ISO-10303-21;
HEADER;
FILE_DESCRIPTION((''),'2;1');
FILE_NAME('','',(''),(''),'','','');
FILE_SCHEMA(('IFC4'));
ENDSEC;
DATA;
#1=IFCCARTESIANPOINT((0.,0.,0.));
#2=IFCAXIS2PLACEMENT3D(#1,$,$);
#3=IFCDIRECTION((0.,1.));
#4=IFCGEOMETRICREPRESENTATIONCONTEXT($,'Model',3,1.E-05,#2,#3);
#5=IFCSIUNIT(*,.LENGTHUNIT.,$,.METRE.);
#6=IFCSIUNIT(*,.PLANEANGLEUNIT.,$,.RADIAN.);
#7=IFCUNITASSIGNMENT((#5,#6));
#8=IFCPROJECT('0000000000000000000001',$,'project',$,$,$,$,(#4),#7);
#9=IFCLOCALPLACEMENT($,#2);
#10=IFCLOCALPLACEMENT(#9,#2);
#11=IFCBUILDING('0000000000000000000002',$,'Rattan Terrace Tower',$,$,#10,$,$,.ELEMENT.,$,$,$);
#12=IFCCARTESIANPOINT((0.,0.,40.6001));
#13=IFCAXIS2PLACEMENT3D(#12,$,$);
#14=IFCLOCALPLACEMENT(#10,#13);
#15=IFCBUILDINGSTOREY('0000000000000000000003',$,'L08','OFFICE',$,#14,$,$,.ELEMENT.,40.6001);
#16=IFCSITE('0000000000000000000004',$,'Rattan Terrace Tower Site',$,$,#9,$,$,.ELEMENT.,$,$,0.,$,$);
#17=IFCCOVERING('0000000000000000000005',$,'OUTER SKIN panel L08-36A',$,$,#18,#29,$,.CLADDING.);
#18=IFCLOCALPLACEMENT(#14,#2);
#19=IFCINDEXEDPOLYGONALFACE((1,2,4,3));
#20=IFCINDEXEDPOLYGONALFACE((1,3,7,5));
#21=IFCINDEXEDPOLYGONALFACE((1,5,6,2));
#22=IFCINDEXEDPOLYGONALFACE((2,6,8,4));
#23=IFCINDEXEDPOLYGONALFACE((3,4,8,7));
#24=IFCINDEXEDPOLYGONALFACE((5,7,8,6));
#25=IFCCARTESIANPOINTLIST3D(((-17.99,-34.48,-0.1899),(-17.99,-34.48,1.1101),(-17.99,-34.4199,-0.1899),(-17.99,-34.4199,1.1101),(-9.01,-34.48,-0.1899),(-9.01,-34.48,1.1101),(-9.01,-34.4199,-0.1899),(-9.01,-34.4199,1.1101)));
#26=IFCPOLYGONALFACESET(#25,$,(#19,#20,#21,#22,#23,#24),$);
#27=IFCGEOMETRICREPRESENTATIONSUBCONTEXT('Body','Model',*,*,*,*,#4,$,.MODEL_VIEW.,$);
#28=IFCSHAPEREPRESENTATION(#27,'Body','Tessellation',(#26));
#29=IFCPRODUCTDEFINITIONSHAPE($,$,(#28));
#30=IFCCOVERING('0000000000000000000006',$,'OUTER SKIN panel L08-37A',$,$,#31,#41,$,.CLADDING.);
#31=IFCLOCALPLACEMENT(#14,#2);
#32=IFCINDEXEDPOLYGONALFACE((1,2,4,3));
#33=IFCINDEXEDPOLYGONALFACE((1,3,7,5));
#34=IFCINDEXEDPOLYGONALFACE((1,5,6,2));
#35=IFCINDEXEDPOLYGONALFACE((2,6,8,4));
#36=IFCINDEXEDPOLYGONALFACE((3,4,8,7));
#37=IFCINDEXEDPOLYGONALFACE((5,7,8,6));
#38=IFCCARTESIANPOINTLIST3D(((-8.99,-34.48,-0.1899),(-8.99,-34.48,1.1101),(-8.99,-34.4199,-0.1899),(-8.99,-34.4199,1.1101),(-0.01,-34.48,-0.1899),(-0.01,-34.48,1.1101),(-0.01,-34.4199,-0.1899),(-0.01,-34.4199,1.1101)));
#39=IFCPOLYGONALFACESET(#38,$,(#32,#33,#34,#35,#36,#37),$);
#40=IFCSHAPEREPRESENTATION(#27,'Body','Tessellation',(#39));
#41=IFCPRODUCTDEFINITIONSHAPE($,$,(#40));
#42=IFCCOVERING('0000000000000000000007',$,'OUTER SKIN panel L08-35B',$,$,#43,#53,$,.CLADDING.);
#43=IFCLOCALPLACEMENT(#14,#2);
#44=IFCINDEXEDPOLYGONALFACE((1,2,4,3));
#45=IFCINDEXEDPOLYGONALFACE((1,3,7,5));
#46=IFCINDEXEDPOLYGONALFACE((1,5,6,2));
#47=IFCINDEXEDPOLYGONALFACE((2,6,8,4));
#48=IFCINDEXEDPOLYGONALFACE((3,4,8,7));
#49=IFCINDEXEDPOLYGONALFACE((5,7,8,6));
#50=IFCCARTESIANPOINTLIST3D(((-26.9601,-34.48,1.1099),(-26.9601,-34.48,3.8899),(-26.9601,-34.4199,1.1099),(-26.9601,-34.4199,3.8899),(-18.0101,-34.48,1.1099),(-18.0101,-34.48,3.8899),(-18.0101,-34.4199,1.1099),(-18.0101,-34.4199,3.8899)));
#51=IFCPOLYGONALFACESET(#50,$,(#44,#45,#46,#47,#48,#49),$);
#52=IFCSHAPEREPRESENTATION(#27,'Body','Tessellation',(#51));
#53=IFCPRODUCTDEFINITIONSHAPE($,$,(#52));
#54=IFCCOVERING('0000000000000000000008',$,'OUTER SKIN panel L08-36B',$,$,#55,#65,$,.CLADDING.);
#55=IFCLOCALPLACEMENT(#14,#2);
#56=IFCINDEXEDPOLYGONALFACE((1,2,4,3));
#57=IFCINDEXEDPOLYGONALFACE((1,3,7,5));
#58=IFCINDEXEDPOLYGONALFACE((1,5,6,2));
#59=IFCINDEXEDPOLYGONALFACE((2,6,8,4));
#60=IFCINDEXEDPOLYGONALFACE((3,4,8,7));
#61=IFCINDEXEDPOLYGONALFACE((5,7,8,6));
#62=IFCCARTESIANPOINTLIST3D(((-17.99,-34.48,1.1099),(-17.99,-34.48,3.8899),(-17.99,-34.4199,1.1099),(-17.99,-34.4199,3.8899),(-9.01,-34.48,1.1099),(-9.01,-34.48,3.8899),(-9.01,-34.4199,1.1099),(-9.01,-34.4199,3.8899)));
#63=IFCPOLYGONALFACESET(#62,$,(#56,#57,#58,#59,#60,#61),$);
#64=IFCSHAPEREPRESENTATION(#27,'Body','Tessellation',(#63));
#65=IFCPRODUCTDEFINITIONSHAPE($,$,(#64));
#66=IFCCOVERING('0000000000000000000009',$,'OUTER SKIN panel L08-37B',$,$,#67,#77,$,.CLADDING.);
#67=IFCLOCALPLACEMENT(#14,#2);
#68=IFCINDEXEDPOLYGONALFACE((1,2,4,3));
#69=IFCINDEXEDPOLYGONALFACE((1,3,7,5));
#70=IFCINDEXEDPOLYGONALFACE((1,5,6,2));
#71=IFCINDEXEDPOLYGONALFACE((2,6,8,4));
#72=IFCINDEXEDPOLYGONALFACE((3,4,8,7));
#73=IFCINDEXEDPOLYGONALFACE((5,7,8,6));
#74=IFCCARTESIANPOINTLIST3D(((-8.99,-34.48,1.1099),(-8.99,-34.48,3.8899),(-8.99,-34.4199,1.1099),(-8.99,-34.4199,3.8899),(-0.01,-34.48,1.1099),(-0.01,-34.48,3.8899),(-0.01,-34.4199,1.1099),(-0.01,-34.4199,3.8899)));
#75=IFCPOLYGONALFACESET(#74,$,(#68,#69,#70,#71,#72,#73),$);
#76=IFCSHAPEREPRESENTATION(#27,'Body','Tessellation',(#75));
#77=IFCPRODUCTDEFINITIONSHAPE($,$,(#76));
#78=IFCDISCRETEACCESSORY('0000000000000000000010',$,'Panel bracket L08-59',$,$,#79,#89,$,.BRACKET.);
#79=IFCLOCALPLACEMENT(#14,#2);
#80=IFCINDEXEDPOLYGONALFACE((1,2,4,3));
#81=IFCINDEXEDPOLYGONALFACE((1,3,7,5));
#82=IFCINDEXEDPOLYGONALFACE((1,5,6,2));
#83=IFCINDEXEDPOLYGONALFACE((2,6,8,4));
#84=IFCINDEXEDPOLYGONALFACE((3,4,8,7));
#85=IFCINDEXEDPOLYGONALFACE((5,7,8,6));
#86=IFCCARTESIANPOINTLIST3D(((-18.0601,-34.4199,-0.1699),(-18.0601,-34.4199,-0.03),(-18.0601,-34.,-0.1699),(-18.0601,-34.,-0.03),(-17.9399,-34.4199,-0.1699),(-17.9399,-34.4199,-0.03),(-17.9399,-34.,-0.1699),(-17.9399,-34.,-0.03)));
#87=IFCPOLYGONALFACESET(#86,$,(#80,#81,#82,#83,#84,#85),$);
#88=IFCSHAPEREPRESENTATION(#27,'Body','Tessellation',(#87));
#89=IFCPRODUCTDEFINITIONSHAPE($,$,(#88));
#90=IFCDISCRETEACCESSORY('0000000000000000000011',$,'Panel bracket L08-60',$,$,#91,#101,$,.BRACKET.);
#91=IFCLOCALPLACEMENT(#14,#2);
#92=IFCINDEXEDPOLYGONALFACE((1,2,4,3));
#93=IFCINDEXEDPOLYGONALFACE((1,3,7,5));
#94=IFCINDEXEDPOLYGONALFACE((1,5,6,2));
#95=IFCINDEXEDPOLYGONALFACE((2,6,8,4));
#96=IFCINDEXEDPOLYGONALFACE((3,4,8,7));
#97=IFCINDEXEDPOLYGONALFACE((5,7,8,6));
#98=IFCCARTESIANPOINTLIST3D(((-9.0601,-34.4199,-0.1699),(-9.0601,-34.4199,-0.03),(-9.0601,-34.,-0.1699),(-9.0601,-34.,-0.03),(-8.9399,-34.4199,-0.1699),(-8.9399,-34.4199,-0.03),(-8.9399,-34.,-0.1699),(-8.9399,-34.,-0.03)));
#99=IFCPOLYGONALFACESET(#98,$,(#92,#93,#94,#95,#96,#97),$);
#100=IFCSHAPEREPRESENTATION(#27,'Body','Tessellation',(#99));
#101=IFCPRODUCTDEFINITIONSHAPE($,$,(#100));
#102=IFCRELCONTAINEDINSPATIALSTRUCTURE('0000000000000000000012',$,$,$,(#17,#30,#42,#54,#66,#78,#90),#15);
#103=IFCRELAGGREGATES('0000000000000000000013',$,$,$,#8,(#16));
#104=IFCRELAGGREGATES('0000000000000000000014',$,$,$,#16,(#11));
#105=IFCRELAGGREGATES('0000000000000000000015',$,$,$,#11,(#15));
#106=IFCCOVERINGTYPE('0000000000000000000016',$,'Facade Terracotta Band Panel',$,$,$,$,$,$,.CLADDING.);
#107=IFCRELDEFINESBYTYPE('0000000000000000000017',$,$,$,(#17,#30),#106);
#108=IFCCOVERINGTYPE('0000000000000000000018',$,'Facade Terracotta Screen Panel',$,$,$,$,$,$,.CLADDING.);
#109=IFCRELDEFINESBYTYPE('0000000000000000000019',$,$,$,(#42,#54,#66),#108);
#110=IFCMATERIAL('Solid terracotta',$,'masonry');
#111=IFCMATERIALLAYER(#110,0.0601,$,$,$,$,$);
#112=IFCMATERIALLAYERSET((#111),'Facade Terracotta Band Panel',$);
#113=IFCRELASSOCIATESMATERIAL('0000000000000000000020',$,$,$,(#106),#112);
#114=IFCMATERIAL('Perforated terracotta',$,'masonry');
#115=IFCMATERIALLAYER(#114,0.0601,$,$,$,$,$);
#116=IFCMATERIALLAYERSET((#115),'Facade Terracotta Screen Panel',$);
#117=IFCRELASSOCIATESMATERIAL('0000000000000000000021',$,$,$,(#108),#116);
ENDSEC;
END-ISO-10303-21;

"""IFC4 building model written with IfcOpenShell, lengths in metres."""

from ifc_helpers import new_model, si_unit, direction, frame, origin, origin_2d, place, context, subcontext, project, spatial, rectangle, extrude, material, layer, layer_set, type_object, element, save


model = new_model("IFC4")

# Units and contexts
model_context = context("Model", 3, precision=1e-05, world=origin(), true_north=direction((0.0, 1.0)))
body_context = subcontext(model_context, "Body", "Model", "MODEL_VIEW")
ifc_project = project(units=[si_unit("LENGTHUNIT", "METRE"), si_unit("PLANEANGLEUNIT", "RADIAN")], contexts=[model_context])

# Site, building, storey
site_placement = place(None, origin())
site = spatial("IfcSite", under=ifc_project, at=site_placement, Name="Rattan Terrace Tower Site", CompositionType="ELEMENT", RefElevation=0.0)
building_placement = place(site_placement, origin())
building = spatial("IfcBuilding", under=site, at=building_placement, Name="Rattan Terrace Tower", CompositionType="ELEMENT")
storey_placement = place(building_placement, frame((0.0, 0.0, 40.6001)))
storey = spatial("IfcBuildingStorey", under=building, at=storey_placement, Name="L08", Description="OFFICE", CompositionType="ELEMENT", Elevation=40.6001)

# Coverings
ifc_material_1 = material(Name="Solid terracotta", Category="masonry")
ifc_layer_1 = layer(ifc_material_1, 0.0601)
ifc_layer_set_1 = layer_set([ifc_layer_1], Name="Facade Terracotta Band Panel")
covering_type_1 = type_object("IfcCoveringType", Name="Facade Terracotta Band Panel", PredefinedType="CLADDING", material=ifc_layer_set_1)
for number, where, z_axis, x_axis, name in (
    (1, (-13.5, -34.45, -0.1899), (0.0, 0.0, 1.0), (1.0, 0.0, 0.0), "OUTER SKIN panel L08-36A"),
    (2, (-4.5, -34.45, -0.1899), (0.0, 0.0, 1.0), (1.0, 0.0, 0.0), "OUTER SKIN panel L08-37A"),
):
    element("IfcCovering", number, at=place(storey_placement, frame(where, z_axis=z_axis, x_axis=x_axis)), inside=storey, type_object=covering_type_1, Name=name, PredefinedType="CLADDING", context=body_context, shape_type="SweptSolid", body=[
        extrude(rectangle(XDim=8.98, YDim=0.0601, at=origin_2d()), origin(), (0.0, 0.0, 1.0), 1.3),
    ])
ifc_material_2 = material(Name="Perforated terracotta", Category="masonry")
ifc_layer_2 = layer(ifc_material_2, 0.0601)
ifc_layer_set_2 = layer_set([ifc_layer_2], Name="Facade Terracotta Screen Panel")
covering_type_2 = type_object("IfcCoveringType", Name="Facade Terracotta Screen Panel", PredefinedType="CLADDING", material=ifc_layer_set_2)
covering_1_placement = place(storey_placement, frame((-22.4851, -34.45, 1.1099), z_axis=(0.0, 0.0, 1.0), x_axis=(1.0, 0.0, 0.0)))
element("IfcCovering", 3, at=covering_1_placement, inside=storey, type_object=covering_type_2, Name="OUTER SKIN panel L08-35B", PredefinedType="CLADDING", context=body_context, shape_type="SweptSolid", body=[
    extrude(rectangle(XDim=8.95, YDim=0.0601, at=origin_2d()), origin(), (0.0, 0.0, 1.0), 2.78),
])
for number, where, z_axis, x_axis, name in (
    (4, (-13.5, -34.45, 1.1099), (0.0, 0.0, 1.0), (1.0, 0.0, 0.0), "OUTER SKIN panel L08-36B"),
    (5, (-4.5, -34.45, 1.1099), (0.0, 0.0, 1.0), (1.0, 0.0, 0.0), "OUTER SKIN panel L08-37B"),
):
    element("IfcCovering", number, at=place(storey_placement, frame(where, z_axis=z_axis, x_axis=x_axis)), inside=storey, type_object=covering_type_2, Name=name, PredefinedType="CLADDING", context=body_context, shape_type="SweptSolid", body=[
        extrude(rectangle(XDim=8.98, YDim=0.0601, at=origin_2d()), origin(), (0.0, 0.0, 1.0), 2.78),
    ])

# Discrete accessories
for number, where, z_axis, x_axis, name in (
    (6, (-18.0, -34.21, -0.1699), (0.0, 0.0, 1.0), (1.0, 0.0, 0.0), "Panel bracket L08-59"),
    (7, (-9.0, -34.21, -0.1699), (0.0, 0.0, 1.0), (1.0, 0.0, 0.0), "Panel bracket L08-60"),
):
    element("IfcDiscreteAccessory", number, at=place(storey_placement, frame(where, z_axis=z_axis, x_axis=x_axis)), inside=storey, Name=name, PredefinedType="BRACKET", context=body_context, shape_type="SweptSolid", body=[
        extrude(rectangle(XDim=0.1201, YDim=0.4199, at=origin_2d()), origin(), (0.0, 0.0, 1.0), 0.1399),
    ])

save(model, "model.ifc")
